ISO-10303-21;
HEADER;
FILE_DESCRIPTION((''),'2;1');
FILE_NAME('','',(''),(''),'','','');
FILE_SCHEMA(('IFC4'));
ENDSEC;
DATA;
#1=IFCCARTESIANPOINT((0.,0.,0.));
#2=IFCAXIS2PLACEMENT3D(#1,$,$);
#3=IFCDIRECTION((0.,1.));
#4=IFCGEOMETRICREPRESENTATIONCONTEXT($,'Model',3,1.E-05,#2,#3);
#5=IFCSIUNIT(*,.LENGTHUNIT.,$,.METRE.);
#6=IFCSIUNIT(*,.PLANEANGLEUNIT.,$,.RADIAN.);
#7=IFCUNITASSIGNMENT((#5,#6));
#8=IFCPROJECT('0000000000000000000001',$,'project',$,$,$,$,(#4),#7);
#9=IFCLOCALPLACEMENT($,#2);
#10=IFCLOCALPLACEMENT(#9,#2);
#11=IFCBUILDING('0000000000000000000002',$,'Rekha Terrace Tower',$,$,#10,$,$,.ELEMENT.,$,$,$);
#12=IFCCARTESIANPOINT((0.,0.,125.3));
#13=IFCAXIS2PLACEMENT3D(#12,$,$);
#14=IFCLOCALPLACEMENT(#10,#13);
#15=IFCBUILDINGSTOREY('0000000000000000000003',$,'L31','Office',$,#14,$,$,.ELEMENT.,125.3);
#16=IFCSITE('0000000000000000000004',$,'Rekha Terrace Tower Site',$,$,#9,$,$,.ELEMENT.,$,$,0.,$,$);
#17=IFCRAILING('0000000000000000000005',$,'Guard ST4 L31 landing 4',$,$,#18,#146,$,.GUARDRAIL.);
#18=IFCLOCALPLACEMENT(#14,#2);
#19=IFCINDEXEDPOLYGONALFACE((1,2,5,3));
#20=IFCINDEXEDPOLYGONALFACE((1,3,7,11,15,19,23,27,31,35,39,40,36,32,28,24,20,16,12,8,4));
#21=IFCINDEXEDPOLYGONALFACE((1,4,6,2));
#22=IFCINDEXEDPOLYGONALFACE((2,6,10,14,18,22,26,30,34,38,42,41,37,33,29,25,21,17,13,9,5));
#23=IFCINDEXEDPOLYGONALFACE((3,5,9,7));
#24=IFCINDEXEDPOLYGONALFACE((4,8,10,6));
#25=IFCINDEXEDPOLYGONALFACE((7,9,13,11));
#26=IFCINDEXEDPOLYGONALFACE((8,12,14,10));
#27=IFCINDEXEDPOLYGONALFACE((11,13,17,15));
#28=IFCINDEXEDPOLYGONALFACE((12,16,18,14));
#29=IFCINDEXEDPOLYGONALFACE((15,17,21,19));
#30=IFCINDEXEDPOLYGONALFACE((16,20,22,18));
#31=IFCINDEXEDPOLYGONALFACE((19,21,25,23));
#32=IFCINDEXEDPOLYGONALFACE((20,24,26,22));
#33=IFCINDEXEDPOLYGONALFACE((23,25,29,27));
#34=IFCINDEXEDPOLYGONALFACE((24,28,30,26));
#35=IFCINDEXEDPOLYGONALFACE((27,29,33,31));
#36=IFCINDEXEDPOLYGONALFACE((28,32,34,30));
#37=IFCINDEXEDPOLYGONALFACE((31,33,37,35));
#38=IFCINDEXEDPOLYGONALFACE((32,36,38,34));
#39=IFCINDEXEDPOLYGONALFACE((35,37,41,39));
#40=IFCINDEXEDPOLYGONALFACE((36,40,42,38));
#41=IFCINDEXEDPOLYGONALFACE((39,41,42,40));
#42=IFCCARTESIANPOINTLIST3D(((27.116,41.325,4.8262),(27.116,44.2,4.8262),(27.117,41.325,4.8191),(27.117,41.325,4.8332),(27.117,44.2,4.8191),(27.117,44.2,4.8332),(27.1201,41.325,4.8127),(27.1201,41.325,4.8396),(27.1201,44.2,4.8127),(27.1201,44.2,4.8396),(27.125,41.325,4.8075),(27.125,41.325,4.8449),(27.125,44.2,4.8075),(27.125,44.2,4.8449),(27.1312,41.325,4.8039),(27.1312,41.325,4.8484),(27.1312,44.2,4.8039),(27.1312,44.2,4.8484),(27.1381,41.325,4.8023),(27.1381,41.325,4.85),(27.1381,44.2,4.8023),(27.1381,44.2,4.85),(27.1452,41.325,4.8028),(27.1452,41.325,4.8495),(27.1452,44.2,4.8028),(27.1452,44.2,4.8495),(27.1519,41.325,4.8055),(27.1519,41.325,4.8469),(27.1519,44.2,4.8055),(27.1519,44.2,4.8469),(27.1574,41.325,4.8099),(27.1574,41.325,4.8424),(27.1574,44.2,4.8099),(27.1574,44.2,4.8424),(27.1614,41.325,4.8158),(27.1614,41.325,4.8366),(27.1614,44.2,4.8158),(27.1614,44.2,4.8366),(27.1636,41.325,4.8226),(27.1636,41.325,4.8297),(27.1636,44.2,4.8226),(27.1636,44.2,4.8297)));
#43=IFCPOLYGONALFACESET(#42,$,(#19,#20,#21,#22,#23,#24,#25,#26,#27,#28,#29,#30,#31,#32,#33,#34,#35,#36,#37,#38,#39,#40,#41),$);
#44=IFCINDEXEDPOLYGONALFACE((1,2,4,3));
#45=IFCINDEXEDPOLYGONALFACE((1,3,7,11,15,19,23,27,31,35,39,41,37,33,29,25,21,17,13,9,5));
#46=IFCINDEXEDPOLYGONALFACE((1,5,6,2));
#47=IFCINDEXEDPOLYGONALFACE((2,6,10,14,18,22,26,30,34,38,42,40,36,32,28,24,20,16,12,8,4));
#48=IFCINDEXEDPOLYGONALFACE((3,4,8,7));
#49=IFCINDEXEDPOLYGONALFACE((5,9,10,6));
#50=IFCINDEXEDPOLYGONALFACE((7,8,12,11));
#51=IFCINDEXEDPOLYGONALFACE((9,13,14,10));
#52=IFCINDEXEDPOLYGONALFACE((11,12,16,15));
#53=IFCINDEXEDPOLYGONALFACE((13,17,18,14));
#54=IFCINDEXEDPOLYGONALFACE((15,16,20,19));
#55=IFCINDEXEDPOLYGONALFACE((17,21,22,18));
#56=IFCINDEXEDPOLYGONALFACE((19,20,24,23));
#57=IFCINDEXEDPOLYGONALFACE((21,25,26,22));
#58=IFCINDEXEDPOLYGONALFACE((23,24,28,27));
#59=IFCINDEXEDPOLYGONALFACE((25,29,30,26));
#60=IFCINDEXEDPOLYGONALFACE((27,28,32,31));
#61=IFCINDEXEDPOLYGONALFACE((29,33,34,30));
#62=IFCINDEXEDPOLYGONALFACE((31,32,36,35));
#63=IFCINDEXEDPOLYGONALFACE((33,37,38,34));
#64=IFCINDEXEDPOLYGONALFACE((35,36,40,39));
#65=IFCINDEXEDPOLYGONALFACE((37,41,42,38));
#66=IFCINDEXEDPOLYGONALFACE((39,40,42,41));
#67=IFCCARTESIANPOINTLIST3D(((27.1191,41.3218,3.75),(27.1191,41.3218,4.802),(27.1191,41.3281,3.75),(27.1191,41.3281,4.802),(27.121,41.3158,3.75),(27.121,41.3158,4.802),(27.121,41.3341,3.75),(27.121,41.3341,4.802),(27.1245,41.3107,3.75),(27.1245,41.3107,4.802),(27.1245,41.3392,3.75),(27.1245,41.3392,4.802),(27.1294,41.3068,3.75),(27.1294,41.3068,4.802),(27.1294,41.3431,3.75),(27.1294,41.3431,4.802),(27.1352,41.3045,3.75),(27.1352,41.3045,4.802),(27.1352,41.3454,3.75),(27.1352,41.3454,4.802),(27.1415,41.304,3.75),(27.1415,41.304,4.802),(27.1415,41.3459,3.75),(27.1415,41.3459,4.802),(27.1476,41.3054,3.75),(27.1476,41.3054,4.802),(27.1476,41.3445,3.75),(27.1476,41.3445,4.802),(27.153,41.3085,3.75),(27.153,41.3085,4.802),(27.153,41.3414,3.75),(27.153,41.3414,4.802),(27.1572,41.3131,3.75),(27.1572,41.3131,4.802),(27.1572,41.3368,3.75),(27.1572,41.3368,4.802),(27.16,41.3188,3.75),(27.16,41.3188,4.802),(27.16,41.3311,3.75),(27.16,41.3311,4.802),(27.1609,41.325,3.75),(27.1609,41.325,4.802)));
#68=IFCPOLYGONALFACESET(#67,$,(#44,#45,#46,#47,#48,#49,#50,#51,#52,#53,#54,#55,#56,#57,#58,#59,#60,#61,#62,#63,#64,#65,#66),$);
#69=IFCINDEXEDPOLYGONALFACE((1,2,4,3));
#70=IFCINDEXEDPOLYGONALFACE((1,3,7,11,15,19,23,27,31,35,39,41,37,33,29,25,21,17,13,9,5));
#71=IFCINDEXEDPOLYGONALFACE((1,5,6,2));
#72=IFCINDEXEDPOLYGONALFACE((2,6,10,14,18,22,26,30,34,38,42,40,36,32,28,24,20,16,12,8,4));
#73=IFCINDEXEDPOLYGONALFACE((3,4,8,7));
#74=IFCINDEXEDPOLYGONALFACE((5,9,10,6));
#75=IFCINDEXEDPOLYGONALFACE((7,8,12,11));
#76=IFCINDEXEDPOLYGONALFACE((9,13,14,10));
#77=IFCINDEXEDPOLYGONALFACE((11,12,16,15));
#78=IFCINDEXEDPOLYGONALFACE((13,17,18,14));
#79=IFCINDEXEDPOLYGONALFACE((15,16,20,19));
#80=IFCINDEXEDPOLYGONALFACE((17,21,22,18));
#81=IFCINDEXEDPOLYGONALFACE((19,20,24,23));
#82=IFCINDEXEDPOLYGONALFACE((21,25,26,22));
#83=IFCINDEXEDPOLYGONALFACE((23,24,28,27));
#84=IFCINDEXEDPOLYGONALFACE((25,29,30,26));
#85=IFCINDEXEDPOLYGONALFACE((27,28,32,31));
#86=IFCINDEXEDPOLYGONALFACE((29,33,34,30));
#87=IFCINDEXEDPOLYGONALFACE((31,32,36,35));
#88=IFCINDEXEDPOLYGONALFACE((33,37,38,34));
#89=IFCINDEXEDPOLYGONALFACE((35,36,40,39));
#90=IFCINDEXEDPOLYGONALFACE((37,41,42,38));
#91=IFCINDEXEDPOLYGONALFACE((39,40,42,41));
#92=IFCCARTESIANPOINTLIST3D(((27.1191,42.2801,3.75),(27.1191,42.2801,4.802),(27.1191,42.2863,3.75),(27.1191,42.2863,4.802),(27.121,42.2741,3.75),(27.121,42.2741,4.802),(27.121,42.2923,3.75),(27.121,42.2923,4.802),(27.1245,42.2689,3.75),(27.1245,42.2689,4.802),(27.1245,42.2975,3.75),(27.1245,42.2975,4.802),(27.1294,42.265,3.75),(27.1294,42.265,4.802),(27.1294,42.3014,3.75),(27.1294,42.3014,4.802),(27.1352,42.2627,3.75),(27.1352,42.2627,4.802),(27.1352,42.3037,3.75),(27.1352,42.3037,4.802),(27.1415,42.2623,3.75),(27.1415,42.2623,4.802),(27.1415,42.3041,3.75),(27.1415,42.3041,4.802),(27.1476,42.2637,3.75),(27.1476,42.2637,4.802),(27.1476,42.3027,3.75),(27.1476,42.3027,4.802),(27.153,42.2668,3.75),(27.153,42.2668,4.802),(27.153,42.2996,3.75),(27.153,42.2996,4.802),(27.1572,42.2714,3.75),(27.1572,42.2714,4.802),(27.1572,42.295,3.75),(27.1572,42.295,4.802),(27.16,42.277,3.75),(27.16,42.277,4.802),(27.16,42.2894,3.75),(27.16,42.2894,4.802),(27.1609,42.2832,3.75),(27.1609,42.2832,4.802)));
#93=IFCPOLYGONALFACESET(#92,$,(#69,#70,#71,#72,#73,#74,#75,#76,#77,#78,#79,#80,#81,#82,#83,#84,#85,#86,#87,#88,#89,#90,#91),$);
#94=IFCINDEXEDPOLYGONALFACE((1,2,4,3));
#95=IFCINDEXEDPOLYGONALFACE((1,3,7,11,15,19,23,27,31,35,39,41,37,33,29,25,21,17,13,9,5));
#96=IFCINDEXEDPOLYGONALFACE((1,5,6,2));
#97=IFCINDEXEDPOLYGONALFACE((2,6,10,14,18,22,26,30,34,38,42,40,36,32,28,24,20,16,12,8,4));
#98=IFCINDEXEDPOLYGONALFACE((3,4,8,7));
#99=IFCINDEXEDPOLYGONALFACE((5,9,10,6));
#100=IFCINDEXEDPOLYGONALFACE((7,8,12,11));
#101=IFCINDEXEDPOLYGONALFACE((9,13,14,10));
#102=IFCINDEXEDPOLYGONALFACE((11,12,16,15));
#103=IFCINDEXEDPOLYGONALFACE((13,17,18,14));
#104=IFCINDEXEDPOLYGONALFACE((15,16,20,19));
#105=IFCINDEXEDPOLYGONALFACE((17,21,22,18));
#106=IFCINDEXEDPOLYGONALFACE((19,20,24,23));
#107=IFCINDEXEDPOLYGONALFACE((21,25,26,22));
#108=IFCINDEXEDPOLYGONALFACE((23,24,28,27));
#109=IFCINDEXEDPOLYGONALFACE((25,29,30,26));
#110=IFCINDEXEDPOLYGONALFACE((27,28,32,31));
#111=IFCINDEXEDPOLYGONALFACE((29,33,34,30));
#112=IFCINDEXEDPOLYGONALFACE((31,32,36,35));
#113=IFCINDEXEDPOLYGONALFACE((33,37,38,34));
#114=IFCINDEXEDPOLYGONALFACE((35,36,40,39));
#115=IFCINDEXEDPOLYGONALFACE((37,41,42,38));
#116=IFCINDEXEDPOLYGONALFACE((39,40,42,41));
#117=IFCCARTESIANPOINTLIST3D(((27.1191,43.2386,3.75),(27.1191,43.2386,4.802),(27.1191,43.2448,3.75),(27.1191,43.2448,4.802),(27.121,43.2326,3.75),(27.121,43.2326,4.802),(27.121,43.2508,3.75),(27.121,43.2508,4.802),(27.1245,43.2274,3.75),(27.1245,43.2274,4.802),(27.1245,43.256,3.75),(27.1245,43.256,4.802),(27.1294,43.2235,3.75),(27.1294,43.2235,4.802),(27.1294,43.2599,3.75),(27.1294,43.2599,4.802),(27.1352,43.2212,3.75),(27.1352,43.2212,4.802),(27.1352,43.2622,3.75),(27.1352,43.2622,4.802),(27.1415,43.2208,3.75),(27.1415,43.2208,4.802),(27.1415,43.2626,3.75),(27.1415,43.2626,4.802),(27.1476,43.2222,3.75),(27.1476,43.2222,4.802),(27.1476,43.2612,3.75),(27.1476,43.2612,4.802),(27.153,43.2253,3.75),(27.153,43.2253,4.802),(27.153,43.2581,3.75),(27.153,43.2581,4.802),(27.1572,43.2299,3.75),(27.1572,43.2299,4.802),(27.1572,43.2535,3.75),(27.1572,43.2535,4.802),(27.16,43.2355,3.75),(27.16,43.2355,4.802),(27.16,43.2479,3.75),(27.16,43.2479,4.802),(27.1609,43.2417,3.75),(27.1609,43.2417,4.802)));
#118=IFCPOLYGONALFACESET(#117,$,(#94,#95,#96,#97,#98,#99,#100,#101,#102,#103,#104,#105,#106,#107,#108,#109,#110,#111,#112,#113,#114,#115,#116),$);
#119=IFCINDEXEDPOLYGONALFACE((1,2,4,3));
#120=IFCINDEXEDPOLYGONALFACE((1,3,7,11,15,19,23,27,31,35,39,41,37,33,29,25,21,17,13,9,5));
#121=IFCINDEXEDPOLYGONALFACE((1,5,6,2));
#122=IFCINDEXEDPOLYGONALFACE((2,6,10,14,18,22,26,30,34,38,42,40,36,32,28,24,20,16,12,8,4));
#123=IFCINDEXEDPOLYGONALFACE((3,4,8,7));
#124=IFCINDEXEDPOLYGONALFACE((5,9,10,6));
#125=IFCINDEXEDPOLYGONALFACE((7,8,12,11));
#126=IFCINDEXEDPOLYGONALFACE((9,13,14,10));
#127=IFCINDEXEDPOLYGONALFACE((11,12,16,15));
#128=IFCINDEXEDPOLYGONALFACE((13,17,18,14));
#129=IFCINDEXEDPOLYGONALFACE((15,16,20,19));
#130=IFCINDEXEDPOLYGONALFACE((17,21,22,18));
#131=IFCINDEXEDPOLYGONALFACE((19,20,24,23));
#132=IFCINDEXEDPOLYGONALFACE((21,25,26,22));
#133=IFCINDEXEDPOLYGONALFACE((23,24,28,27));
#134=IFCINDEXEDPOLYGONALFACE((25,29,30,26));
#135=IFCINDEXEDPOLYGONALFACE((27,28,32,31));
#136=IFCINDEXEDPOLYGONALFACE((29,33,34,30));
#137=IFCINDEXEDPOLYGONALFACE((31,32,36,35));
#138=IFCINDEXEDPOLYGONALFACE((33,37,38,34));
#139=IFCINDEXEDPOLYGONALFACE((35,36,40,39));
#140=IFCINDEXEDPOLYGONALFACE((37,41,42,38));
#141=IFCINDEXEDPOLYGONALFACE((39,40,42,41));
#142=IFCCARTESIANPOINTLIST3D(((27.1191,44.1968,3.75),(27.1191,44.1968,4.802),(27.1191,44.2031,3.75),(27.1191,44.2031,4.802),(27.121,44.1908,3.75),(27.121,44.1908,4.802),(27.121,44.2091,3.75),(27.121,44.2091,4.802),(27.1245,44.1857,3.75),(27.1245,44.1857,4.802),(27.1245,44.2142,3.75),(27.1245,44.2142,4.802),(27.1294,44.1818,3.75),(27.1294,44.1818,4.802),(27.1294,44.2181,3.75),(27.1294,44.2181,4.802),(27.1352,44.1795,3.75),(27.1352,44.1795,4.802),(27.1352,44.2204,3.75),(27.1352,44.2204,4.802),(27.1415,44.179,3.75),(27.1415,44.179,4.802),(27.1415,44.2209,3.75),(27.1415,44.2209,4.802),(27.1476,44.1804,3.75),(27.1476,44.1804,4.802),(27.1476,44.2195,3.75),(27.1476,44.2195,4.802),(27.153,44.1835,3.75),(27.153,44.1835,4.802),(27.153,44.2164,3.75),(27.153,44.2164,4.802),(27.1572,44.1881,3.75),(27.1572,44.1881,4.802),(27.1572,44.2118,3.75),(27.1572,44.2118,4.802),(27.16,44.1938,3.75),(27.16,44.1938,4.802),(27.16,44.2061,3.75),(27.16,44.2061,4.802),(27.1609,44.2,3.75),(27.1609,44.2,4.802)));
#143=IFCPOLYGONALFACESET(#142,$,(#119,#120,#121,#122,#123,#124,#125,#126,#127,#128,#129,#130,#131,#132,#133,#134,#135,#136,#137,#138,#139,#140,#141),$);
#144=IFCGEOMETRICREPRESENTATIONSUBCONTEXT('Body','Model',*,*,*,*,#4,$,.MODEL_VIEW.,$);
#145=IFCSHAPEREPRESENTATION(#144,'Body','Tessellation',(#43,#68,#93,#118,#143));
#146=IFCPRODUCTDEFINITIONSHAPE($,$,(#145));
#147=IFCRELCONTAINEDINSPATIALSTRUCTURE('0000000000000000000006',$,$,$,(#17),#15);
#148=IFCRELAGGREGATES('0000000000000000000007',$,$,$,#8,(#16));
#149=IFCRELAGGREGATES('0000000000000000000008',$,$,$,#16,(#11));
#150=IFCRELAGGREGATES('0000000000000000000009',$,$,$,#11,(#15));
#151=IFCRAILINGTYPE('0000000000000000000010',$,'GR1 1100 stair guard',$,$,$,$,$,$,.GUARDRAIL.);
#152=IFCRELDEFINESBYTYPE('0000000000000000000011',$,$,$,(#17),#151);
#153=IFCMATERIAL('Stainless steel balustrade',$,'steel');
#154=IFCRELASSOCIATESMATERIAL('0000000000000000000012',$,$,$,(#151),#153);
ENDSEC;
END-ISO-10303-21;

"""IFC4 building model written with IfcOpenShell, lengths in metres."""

from ifc_helpers import new_model, si_unit, direction, frame, origin, origin_2d, place, context, subcontext, project, spatial, circle, extrude, material, type_object, element, save


model = new_model("IFC4")

# Units and contexts
model_context = context("Model", 3, precision=1e-05, world=origin(), true_north=direction((0.0, 1.0)))
body_context = subcontext(model_context, "Body", "Model", "MODEL_VIEW")
ifc_project = project(units=[si_unit("LENGTHUNIT", "METRE"), si_unit("PLANEANGLEUNIT", "RADIAN")], contexts=[model_context])

# Site, building, storey
site_placement = place(None, origin())
site = spatial("IfcSite", under=ifc_project, at=site_placement, Name="Rekha Terrace Tower Site", CompositionType="ELEMENT", RefElevation=0.0)
building_placement = place(site_placement, origin())
building = spatial("IfcBuilding", under=site, at=building_placement, Name="Rekha Terrace Tower", CompositionType="ELEMENT")
storey_placement = place(building_placement, frame((0.0, 0.0, 125.3)))
storey = spatial("IfcBuildingStorey", under=building, at=storey_placement, Name="L31", Description="Office", CompositionType="ELEMENT", Elevation=125.3)

# Railing
ifc_material_1 = material(Name="Stainless steel balustrade", Category="steel")
railing_type_1 = type_object("IfcRailingType", Name="GR1 1100 stair guard", PredefinedType="GUARDRAIL", material=ifc_material_1)
railing_1_placement = place(storey_placement, frame((27.1399, 41.325, 3.75)))
element("IfcRailing", 1, at=railing_1_placement, inside=storey, type_object=railing_type_1, Name="Guard ST4 L31 landing 4", PredefinedType="GUARDRAIL", context=body_context, shape_type="SweptSolid", body=[
    extrude(circle(Radius=0.0239, at=origin_2d()), frame((0.0, 0.0, 1.0762), z_axis=(0.0, 1.0, 0.0), x_axis=(-1.0, 0.0, 0.0)), (0.0, 0.0, 1.0), 2.875),
    extrude(circle(Radius=0.021, at=origin_2d()), origin(), (0.0, 0.0, 1.0), 1.052),
    extrude(circle(Radius=0.021, at=origin_2d()), frame((0.0, 0.9583, 0.0)), (0.0, 0.0, 1.0), 1.052),
    extrude(circle(Radius=0.021, at=origin_2d()), frame((0.0, 1.9167, 0.0)), (0.0, 0.0, 1.0), 1.052),
    extrude(circle(Radius=0.021, at=origin_2d()), frame((0.0, 2.875, 0.0)), (0.0, 0.0, 1.0), 1.052),
])

save(model, "model.ifc")
